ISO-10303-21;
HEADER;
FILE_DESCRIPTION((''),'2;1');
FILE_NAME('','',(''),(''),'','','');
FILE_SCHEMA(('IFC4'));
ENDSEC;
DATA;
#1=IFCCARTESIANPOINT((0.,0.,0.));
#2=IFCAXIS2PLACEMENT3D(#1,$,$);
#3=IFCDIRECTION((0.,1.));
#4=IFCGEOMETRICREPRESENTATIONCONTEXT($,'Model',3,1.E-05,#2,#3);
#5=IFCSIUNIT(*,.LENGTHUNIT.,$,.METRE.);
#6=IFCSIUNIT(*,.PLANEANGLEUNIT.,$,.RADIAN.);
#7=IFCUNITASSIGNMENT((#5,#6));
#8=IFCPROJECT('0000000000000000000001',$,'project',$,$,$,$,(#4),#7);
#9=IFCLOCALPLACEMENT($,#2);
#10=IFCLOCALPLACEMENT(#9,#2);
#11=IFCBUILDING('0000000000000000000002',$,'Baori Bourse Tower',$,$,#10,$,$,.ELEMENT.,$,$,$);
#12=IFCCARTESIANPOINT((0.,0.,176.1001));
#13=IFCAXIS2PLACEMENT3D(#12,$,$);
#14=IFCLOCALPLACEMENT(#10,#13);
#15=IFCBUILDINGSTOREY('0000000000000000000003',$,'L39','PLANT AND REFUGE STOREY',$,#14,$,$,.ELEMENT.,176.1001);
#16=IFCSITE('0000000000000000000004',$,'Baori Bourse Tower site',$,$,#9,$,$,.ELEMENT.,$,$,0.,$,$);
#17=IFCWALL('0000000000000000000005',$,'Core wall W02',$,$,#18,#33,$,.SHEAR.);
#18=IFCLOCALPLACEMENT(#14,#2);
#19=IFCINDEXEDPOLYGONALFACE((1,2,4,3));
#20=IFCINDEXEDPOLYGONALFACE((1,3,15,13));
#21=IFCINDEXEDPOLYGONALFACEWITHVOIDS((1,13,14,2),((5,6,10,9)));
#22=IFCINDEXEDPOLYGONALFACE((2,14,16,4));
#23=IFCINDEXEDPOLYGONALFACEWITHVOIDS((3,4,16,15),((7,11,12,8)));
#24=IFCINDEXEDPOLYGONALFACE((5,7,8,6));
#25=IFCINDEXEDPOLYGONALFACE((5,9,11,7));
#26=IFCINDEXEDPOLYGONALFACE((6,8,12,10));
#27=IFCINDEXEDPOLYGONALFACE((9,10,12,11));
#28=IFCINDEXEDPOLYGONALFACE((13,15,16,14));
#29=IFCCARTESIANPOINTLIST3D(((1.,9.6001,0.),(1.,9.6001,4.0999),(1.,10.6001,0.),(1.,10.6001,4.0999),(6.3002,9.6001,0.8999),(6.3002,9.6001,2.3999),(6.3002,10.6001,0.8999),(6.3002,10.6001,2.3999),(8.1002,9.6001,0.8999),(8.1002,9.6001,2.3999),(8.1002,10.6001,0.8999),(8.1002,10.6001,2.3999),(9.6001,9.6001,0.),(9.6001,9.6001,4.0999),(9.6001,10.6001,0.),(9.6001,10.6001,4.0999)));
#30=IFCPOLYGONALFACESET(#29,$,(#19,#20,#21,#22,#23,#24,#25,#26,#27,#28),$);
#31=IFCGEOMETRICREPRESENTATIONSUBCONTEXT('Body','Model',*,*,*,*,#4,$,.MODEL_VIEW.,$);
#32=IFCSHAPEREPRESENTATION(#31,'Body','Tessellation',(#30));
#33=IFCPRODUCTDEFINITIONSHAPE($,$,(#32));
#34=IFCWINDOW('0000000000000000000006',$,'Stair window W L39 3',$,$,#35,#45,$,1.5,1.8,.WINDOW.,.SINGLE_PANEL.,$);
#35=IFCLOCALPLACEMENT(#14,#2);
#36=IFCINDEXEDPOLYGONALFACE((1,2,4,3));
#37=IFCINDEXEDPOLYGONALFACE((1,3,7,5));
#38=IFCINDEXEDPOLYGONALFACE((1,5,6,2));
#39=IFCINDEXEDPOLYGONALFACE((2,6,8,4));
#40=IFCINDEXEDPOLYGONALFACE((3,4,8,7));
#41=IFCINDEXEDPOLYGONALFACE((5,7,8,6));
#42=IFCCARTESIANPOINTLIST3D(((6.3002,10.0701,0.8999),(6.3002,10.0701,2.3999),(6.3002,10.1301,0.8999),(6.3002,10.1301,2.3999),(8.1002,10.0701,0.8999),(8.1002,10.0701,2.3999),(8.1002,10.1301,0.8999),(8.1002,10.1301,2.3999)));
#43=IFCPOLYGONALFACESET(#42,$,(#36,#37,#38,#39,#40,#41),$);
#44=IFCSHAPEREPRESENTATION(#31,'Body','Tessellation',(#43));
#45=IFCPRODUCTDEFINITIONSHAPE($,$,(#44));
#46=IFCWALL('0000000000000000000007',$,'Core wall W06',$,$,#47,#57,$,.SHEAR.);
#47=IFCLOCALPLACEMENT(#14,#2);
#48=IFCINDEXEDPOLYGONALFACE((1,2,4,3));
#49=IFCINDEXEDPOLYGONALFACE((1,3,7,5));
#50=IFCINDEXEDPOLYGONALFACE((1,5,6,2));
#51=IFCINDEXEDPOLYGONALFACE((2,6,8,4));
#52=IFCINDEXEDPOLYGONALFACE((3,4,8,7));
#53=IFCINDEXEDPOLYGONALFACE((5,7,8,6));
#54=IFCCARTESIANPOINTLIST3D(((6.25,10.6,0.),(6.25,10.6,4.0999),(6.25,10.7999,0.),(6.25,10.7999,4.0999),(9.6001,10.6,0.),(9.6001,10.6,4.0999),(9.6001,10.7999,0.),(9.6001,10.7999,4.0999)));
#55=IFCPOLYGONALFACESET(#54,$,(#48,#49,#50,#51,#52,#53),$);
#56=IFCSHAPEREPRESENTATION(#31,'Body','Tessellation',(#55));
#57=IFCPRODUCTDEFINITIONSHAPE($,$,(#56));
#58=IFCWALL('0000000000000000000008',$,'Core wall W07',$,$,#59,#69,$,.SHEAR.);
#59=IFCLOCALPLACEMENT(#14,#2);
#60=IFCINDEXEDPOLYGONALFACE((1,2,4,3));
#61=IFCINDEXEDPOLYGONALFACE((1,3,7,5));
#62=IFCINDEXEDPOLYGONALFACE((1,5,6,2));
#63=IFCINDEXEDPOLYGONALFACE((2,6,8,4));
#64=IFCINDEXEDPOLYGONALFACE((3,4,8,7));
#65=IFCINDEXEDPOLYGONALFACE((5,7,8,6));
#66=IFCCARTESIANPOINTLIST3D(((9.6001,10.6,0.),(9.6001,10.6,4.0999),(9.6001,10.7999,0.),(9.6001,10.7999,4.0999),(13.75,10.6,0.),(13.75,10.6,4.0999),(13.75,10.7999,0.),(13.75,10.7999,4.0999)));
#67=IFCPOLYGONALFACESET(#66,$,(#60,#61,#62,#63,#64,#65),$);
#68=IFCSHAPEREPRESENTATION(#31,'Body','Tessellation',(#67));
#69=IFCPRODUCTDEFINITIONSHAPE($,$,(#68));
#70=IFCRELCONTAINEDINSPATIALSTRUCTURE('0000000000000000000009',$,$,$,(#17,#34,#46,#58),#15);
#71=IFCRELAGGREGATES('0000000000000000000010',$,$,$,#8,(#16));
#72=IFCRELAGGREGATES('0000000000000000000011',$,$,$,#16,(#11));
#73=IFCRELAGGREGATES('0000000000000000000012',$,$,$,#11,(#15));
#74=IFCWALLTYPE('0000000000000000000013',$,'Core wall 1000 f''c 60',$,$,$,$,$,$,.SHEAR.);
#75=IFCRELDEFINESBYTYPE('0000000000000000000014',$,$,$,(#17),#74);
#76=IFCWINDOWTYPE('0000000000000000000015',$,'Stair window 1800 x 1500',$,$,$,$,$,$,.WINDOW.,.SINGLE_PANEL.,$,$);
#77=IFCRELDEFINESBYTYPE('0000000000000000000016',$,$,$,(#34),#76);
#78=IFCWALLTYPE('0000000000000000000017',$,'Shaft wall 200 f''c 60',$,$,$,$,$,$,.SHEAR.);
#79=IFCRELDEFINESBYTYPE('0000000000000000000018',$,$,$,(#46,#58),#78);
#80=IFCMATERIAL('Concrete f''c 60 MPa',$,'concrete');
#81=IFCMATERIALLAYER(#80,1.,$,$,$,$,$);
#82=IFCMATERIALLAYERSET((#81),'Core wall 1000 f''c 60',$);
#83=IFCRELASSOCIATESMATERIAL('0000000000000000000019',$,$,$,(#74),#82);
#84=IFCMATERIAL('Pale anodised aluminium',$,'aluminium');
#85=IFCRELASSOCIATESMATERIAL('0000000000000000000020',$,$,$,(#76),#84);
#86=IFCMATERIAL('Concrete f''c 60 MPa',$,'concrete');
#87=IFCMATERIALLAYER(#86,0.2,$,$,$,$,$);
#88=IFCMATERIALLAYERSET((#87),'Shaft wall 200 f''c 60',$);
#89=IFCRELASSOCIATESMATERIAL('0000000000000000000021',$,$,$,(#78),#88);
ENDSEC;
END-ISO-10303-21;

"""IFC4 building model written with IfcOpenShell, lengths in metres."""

from ifc_helpers import new_model, si_unit, direction, frame, frame_2d, origin, place, context, subcontext, project, spatial, rectangle, extrude, material, layer, layer_set, type_object, element, fill, save


model = new_model("IFC4")

# Units and contexts
model_context = context("Model", 3, precision=1e-05, world=origin(), true_north=direction((0.0, 1.0)))
body_context = subcontext(model_context, "Body", "Model", "MODEL_VIEW")
ifc_project = project(units=[si_unit("LENGTHUNIT", "METRE"), si_unit("PLANEANGLEUNIT", "RADIAN")], contexts=[model_context])

# Site, building, storey
site_placement = place(None, origin())
site = spatial("IfcSite", under=ifc_project, at=site_placement, Name="Baori Bourse Tower site", CompositionType="ELEMENT", RefElevation=0.0)
building_placement = place(site_placement, origin())
building = spatial("IfcBuilding", under=site, at=building_placement, Name="Baori Bourse Tower", CompositionType="ELEMENT")
storey_placement = place(building_placement, frame((0.0, 0.0, 176.1001)))
storey = spatial("IfcBuildingStorey", under=building, at=storey_placement, Name="L39", Description="PLANT AND REFUGE STOREY", CompositionType="ELEMENT", Elevation=176.1001)

# Shared definitions
ifc_material_1 = material(Name="Concrete f'c 60 MPa", Category="concrete")
ifc_layer_1 = layer(ifc_material_1, 1.0)
ifc_layer_set_1 = layer_set([ifc_layer_1], Name="Core wall 1000 f'c 60")
wall_type_1 = type_object("IfcWallType", Name="Core wall 1000 f'c 60", PredefinedType="SHEAR", material=ifc_layer_set_1)

# Wall, opening, window
wall_1_placement = place(storey_placement, frame((9.6001, 10.1001, 0.0), z_axis=(0.0, 0.0, 1.0), x_axis=(-1.0, 0.0, 0.0)))
wall_1 = element("IfcWall", 1, at=wall_1_placement, inside=storey, type_object=wall_type_1, Name="Core wall W02", PredefinedType="SHEAR", context=body_context, shape_type="SweptSolid", body=[
    extrude(rectangle(XDim=8.6001, YDim=1.0, at=frame_2d((4.3, 0.0))), origin(), (0.0, 0.0, 1.0), 4.0999),
])
opening_1_placement = place(wall_1_placement, frame((1.5, 0.0, 0.8999)))
opening_1 = element("IfcOpeningElement", 2, at=opening_1_placement, cuts=wall_1, PredefinedType="OPENING", context=body_context, shape_type="SweptSolid", body=[
    extrude(rectangle(XDim=1.8, YDim=1.5, at=frame_2d((0.8999, 0.75))), frame((0.0, 0.51, 0.0), z_axis=(0.0, -1.0, 0.0), x_axis=(1.0, 0.0, 0.0)), (0.0, 0.0, 1.0), 1.02),
])
ifc_material_2 = material(Name="Pale anodised aluminium", Category="aluminium")
window_type_1 = type_object("IfcWindowType", Name="Stair window 1800 x 1500", PartitioningType="SINGLE_PANEL", PredefinedType="WINDOW", material=ifc_material_2)
window_1_placement = place(opening_1_placement, origin())
window_1 = element("IfcWindow", 3, at=window_1_placement, inside=storey, type_object=window_type_1, Name="Stair window W L39 3", OverallHeight=1.5, OverallWidth=1.8, PartitioningType="SINGLE_PANEL", PredefinedType="WINDOW", context=body_context, shape_type="SweptSolid", body=[
    extrude(rectangle(XDim=1.8, YDim=1.5, at=frame_2d((0.8999, 0.75))), frame((0.0, 0.03, 0.0), z_axis=(0.0, -1.0, 0.0), x_axis=(1.0, 0.0, 0.0)), (0.0, 0.0, 1.0), 0.0601),
])
fill(opening_1, window_1)

# Walls
ifc_material_3 = material(Name="Concrete f'c 60 MPa", Category="concrete")
ifc_layer_2 = layer(ifc_material_3, 0.2)
ifc_layer_set_2 = layer_set([ifc_layer_2], Name="Shaft wall 200 f'c 60")
wall_type_2 = type_object("IfcWallType", Name="Shaft wall 200 f'c 60", PredefinedType="SHEAR", material=ifc_layer_set_2)
wall_2_placement = place(storey_placement, frame((6.25, 10.7, 0.0), z_axis=(0.0, 0.0, 1.0), x_axis=(1.0, 0.0, 0.0)))
element("IfcWall", 4, at=wall_2_placement, inside=storey, type_object=wall_type_2, Name="Core wall W06", PredefinedType="SHEAR", context=body_context, shape_type="SweptSolid", body=[
    extrude(rectangle(XDim=3.3501, YDim=0.2, at=frame_2d((1.675, 0.0))), origin(), (0.0, 0.0, 1.0), 4.0999),
])
wall_3_placement = place(storey_placement, frame((9.6001, 10.7, 0.0), z_axis=(0.0, 0.0, 1.0), x_axis=(1.0, 0.0, 0.0)))
element("IfcWall", 5, at=wall_3_placement, inside=storey, type_object=wall_type_2, Name="Core wall W07", PredefinedType="SHEAR", context=body_context, shape_type="SweptSolid", body=[
    extrude(rectangle(XDim=4.1499, YDim=0.2, at=frame_2d((2.075, 0.0))), origin(), (0.0, 0.0, 1.0), 4.0999),
])

save(model, "model.ifc")
